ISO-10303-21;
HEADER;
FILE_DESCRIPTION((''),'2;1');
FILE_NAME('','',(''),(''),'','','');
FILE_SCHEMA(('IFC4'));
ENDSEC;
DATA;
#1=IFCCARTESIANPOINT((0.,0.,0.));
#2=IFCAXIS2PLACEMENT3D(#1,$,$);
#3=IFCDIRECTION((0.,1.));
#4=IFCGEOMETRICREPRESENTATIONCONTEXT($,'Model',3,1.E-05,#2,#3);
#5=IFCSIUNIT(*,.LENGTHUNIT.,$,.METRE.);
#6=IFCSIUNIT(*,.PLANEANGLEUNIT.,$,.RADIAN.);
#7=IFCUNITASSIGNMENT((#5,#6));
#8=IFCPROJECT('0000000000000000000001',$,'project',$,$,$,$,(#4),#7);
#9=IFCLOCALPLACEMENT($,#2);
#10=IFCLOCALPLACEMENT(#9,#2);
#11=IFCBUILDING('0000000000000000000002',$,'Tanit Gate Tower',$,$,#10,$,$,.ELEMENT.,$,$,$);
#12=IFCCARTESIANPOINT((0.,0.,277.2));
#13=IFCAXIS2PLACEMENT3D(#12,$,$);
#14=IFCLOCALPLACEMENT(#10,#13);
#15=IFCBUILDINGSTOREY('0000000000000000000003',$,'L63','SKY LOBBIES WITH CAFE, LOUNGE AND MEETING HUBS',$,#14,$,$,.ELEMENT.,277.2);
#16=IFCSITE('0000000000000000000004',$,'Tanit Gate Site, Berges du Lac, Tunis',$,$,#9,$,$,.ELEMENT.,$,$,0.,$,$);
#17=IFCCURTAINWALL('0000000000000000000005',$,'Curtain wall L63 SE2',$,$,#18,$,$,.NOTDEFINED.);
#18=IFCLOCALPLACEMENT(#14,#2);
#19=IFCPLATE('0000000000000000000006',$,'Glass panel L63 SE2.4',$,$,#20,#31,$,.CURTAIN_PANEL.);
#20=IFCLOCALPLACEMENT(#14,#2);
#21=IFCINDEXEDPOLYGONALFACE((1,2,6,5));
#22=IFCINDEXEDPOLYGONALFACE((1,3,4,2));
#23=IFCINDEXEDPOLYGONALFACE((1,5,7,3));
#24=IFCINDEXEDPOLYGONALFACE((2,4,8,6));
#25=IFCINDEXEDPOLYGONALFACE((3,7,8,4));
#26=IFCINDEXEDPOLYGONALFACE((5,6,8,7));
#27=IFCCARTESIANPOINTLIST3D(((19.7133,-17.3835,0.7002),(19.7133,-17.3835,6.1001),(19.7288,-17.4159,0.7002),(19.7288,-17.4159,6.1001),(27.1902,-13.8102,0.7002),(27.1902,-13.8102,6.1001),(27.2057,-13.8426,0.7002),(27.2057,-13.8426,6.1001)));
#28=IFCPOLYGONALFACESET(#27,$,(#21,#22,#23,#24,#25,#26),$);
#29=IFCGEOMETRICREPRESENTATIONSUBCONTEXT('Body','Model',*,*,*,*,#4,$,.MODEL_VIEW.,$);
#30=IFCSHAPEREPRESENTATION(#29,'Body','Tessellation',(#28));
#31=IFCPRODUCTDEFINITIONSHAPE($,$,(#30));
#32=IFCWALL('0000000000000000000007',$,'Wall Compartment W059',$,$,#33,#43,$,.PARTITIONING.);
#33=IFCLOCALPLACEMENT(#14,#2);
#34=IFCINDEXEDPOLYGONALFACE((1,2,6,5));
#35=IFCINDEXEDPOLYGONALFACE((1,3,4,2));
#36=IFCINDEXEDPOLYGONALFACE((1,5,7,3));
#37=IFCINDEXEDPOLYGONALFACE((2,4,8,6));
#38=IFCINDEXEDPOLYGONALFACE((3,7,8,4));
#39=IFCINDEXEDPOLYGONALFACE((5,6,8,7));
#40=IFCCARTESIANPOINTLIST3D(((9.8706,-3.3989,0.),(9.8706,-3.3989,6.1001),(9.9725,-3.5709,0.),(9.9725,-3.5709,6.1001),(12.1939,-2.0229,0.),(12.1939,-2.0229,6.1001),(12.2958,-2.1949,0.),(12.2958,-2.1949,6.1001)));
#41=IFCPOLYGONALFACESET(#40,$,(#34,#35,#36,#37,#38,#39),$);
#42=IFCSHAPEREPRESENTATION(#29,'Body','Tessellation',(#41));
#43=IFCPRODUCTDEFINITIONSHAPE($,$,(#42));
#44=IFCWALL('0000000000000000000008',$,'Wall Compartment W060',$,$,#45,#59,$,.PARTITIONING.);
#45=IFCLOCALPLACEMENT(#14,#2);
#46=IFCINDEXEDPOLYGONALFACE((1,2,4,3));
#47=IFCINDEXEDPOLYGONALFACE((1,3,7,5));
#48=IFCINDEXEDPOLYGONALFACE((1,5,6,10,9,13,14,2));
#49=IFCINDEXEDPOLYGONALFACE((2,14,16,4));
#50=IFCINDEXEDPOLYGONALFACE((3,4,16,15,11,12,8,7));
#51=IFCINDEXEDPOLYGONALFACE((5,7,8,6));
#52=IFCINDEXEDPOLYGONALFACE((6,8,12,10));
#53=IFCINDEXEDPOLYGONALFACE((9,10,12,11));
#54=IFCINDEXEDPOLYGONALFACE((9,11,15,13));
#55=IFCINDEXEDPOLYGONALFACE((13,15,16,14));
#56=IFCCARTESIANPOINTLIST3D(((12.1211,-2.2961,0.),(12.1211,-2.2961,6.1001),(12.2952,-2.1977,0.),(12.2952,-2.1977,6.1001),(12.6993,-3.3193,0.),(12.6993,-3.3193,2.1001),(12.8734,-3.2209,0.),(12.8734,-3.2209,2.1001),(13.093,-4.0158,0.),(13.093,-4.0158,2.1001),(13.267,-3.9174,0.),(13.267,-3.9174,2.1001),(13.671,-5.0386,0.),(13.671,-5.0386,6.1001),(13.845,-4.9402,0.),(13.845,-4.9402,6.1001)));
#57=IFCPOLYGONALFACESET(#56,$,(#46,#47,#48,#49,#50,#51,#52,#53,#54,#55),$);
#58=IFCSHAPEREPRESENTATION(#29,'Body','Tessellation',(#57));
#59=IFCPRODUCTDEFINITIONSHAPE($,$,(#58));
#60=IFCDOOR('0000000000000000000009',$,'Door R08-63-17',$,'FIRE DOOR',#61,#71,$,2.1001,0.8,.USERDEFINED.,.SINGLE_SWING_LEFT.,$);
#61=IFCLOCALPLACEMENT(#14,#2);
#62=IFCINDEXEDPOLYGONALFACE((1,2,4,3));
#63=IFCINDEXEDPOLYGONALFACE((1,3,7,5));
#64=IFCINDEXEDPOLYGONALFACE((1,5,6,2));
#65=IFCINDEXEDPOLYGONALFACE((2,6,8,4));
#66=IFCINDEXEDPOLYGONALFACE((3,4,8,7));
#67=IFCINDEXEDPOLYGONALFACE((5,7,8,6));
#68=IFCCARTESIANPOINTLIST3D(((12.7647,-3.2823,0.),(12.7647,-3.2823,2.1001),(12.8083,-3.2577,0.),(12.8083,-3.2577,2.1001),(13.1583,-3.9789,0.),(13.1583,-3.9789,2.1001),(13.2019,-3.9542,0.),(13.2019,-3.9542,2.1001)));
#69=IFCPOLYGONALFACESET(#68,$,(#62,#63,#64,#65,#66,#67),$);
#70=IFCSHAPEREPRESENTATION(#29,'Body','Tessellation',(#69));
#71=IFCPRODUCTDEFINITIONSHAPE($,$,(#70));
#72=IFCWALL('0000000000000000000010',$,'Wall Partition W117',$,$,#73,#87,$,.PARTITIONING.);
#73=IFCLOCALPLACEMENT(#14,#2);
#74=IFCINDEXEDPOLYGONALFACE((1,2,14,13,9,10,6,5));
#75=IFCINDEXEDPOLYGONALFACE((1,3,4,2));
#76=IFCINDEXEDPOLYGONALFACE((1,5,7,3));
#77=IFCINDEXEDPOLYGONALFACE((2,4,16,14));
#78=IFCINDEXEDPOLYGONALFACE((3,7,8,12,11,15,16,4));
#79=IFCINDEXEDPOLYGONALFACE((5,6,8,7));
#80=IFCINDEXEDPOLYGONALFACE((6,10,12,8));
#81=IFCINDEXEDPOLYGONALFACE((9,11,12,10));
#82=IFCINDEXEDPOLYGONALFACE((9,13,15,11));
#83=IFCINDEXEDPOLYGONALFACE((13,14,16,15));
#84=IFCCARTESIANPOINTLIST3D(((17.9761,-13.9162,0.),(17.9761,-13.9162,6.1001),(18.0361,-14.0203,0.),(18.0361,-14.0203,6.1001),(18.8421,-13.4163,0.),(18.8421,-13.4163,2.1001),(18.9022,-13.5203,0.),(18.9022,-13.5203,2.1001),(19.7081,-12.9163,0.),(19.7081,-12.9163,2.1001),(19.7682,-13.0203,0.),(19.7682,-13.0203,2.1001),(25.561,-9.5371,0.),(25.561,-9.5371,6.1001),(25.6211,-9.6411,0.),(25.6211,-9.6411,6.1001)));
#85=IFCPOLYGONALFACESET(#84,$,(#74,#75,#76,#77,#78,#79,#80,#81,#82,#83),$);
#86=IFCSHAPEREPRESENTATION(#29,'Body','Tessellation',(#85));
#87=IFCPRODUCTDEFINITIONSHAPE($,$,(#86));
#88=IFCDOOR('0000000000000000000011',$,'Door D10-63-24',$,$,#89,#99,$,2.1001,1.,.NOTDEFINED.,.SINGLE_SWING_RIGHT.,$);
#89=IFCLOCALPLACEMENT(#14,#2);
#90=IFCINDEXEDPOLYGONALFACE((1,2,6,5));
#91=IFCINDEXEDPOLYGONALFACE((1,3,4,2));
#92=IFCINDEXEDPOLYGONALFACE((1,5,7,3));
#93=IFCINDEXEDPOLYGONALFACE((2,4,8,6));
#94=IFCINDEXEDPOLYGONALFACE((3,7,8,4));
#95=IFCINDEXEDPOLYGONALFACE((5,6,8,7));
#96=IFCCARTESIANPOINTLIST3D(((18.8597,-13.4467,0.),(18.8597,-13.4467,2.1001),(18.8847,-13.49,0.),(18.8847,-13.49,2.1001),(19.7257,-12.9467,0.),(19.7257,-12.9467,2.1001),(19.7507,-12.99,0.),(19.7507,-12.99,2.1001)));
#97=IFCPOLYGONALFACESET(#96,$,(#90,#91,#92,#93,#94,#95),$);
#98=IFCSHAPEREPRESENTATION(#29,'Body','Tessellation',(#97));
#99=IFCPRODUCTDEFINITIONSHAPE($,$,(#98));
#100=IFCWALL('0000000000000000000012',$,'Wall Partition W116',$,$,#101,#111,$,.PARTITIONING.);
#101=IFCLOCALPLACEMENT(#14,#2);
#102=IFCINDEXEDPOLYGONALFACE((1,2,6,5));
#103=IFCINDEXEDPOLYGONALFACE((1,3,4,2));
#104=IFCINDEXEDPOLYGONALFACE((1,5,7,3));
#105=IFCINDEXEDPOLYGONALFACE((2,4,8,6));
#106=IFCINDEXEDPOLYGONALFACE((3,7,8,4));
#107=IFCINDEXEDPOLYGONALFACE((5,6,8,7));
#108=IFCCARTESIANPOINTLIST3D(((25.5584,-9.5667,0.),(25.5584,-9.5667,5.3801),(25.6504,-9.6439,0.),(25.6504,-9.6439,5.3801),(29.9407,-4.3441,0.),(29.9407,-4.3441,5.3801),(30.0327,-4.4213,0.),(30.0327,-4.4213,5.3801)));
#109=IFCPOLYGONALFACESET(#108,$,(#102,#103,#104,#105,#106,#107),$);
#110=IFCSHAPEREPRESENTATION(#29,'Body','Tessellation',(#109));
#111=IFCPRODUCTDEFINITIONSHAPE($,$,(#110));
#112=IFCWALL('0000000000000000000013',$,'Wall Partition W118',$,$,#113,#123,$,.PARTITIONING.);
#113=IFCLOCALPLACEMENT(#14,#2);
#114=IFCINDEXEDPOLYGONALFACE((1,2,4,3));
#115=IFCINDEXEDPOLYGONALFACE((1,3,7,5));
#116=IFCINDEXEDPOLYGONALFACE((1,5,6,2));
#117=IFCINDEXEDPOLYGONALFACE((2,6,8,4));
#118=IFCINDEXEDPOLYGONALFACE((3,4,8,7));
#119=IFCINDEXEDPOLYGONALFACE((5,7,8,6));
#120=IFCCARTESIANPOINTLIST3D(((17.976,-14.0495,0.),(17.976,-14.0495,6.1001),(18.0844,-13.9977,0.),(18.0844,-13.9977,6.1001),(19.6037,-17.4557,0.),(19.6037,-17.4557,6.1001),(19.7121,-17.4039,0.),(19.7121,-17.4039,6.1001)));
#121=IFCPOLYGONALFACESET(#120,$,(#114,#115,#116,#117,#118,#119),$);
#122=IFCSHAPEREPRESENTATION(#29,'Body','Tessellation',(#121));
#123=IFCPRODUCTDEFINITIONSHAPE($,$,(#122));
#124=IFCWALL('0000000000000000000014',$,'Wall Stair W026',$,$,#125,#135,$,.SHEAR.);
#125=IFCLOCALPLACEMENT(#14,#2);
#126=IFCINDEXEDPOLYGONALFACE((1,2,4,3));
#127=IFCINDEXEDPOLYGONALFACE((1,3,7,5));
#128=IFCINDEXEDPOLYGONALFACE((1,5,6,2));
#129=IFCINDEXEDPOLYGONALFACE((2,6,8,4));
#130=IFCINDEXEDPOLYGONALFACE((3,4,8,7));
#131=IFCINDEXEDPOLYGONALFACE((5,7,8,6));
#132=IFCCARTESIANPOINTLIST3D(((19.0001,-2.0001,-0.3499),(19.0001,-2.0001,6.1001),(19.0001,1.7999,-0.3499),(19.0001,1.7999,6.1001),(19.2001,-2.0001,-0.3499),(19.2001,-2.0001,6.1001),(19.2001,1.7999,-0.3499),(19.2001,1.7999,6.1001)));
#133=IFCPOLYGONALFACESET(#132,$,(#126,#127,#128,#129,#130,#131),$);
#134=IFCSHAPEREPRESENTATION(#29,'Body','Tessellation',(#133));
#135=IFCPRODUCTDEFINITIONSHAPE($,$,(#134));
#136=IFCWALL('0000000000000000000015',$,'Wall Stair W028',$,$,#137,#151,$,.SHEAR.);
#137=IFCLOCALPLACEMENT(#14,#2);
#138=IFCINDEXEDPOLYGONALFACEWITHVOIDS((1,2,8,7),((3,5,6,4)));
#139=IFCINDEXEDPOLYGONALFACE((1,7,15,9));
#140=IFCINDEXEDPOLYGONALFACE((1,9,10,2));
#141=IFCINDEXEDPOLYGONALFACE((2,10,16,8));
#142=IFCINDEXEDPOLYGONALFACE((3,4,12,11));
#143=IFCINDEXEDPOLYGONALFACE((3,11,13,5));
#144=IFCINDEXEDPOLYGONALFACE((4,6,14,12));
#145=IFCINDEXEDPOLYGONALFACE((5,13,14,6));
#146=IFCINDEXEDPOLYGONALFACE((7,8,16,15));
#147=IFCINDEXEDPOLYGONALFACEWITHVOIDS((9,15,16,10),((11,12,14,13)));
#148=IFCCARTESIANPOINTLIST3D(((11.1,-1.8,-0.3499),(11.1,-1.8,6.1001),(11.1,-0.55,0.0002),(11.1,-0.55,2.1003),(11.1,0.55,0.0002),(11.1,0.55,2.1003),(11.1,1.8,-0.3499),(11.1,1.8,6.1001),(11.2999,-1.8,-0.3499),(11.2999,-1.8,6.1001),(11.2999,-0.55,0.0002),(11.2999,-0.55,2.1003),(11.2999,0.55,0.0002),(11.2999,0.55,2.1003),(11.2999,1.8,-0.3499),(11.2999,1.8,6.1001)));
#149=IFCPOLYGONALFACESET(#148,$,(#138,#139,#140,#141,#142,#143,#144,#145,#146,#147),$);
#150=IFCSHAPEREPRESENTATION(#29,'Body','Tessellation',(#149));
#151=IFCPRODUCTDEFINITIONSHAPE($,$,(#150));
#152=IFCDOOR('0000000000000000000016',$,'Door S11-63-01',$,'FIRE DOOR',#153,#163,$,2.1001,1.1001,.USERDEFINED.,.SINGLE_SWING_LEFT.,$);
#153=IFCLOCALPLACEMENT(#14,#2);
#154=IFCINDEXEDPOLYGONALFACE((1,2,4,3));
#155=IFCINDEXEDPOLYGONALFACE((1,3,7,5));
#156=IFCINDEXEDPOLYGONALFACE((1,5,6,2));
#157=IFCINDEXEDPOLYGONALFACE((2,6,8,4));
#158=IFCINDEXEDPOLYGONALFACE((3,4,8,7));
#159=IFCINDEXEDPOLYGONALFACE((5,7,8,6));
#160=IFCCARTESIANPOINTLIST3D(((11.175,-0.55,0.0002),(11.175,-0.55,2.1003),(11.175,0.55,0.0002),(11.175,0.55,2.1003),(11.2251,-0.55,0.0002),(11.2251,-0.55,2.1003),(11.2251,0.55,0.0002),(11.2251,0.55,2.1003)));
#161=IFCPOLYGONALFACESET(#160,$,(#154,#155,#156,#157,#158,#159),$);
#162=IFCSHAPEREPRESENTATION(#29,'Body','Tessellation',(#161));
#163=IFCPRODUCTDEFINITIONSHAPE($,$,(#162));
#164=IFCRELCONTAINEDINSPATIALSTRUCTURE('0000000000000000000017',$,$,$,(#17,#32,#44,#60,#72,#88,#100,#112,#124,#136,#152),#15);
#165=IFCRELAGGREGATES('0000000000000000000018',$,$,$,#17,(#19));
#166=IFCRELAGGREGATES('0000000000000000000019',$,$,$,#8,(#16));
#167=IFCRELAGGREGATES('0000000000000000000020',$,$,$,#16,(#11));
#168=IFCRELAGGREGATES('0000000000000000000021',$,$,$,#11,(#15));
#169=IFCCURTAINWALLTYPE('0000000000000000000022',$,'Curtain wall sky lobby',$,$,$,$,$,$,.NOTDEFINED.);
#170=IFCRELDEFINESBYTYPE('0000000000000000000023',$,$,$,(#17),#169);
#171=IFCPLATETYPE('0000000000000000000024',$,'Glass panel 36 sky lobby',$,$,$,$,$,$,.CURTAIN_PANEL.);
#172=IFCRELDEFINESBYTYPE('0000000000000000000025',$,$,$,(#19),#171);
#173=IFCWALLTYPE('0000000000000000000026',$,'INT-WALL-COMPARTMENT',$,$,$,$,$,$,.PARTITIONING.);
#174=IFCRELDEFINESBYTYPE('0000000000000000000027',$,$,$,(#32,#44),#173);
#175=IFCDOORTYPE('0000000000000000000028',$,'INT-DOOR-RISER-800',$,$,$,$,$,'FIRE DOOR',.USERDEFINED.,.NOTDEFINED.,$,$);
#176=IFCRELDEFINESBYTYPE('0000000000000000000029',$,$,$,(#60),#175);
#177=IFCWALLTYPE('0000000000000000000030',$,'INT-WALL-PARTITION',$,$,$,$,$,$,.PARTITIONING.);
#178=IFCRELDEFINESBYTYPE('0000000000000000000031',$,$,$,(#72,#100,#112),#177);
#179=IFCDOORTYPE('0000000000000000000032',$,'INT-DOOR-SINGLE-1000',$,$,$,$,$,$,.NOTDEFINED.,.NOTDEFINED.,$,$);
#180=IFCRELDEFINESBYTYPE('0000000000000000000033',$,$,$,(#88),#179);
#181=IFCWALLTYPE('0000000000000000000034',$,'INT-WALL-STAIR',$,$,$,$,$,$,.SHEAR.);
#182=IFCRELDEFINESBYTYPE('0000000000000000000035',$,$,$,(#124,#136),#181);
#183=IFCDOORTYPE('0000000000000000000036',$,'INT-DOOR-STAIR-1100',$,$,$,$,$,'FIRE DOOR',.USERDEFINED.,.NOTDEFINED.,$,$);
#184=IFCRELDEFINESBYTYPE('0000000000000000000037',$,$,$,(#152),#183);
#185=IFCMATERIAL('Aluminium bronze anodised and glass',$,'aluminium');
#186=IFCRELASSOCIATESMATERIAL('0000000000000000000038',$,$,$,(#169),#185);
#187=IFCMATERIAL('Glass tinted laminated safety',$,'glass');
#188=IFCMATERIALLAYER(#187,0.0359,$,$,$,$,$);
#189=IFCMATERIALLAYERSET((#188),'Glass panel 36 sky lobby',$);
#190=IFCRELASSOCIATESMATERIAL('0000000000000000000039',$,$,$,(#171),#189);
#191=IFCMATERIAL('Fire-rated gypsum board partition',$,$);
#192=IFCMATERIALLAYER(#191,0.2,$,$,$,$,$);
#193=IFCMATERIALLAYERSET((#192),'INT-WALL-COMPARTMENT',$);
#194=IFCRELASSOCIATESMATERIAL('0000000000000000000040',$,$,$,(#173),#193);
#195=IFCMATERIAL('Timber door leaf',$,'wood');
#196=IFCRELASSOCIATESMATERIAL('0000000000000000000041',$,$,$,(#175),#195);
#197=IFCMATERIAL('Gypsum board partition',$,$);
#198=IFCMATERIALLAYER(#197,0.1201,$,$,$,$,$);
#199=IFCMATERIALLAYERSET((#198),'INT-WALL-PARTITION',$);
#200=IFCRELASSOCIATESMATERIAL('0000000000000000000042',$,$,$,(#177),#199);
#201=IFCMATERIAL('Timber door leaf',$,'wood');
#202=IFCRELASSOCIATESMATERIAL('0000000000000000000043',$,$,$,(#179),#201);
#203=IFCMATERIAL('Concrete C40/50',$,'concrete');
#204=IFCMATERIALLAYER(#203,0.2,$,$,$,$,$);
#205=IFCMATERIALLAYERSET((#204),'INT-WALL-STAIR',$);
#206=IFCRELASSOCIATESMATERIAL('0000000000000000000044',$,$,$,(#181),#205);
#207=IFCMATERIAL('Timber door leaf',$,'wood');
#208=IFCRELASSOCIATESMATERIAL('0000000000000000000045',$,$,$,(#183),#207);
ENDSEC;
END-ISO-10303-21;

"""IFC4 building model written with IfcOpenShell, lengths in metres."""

from ifc_helpers import new_model, si_unit, direction, frame, frame_2d, origin, origin_2d, place, context, subcontext, project, spatial, rectangle, extrude, material, layer, layer_set, type_object, element, fill, aggregate, save


model = new_model("IFC4")

# Units and contexts
model_context = context("Model", 3, precision=1e-05, world=origin(), true_north=direction((0.0, 1.0)))
body_context = subcontext(model_context, "Body", "Model", "MODEL_VIEW")
ifc_project = project(units=[si_unit("LENGTHUNIT", "METRE"), si_unit("PLANEANGLEUNIT", "RADIAN")], contexts=[model_context])

# Site, building, storey
site_placement = place(None, origin())
site = spatial("IfcSite", under=ifc_project, at=site_placement, Name="Tanit Gate Site, Berges du Lac, Tunis", CompositionType="ELEMENT", RefElevation=0.0)
building_placement = place(site_placement, origin())
building = spatial("IfcBuilding", under=site, at=building_placement, Name="Tanit Gate Tower", CompositionType="ELEMENT")
storey_placement = place(building_placement, frame((0.0, 0.0, 277.2)))
storey = spatial("IfcBuildingStorey", under=building, at=storey_placement, Name="L63", Description="SKY LOBBIES WITH CAFE, LOUNGE AND MEETING HUBS", CompositionType="ELEMENT", Elevation=277.2)

# Curtain wall
ifc_material_1 = material(Name="Aluminium bronze anodised and glass", Category="aluminium")
curtain_wall_type = type_object("IfcCurtainWallType", Name="Curtain wall sky lobby", PredefinedType="NOTDEFINED", material=ifc_material_1)
curtain_wall_placement = place(storey_placement, origin())
curtain_wall = element("IfcCurtainWall", 1, at=curtain_wall_placement, inside=storey, type_object=curtain_wall_type, Name="Curtain wall L63 SE2", PredefinedType="NOTDEFINED")

# Plate
ifc_material_2 = material(Name="Glass tinted laminated safety", Category="glass")
ifc_layer_1 = layer(ifc_material_2, 0.0359)
ifc_layer_set_1 = layer_set([ifc_layer_1], Name="Glass panel 36 sky lobby")
plate_type = type_object("IfcPlateType", Name="Glass panel 36 sky lobby", PredefinedType="CURTAIN_PANEL", material=ifc_layer_set_1)
plate_1_placement = place(storey_placement, frame((23.4595, -15.613, 0.7002), z_axis=(0.0, 0.0, 1.0), x_axis=(0.902258, 0.431197, 0.0)))
plate_1 = element("IfcPlate", 2, at=plate_1_placement, type_object=plate_type, Name="Glass panel L63 SE2.4", PredefinedType="CURTAIN_PANEL", context=body_context, shape_type="SweptSolid", body=[
    extrude(rectangle(XDim=8.2869, YDim=0.0359, at=origin_2d()), origin(), (0.0, 0.0, 1.0), 5.3999),
])
aggregate(curtain_wall, [plate_1])

# Wall
ifc_material_3 = material(Name="Fire-rated gypsum board partition")
ifc_layer_2 = layer(ifc_material_3, 0.2)
ifc_layer_set_2 = layer_set([ifc_layer_2], Name="INT-WALL-COMPARTMENT")
wall_type_1 = type_object("IfcWallType", Name="INT-WALL-COMPARTMENT", PredefinedType="PARTITIONING", material=ifc_layer_set_2)
wall_1_placement = place(storey_placement, frame((12.2449, -2.1089, 0.0), z_axis=(0.0, 0.0, 1.0), x_axis=(-0.860415, -0.509594, 0.0)))
element("IfcWall", 3, at=wall_1_placement, inside=storey, type_object=wall_type_1, Name="Wall Compartment W059", PredefinedType="PARTITIONING", context=body_context, shape_type="SweptSolid", body=[
    extrude(rectangle(XDim=2.7002, YDim=0.2, at=frame_2d((1.3501, 0.0))), origin(), (0.0, 0.0, 1.0), 6.1001),
])

# Walls, openings, doors
wall_2_placement = place(storey_placement, frame((13.7581, -4.9895, 0.0), z_axis=(0.0, 0.0, 1.0), x_axis=(-0.491993, 0.870599, 0.0)))
wall_2 = element("IfcWall", 4, at=wall_2_placement, inside=storey, type_object=wall_type_1, Name="Wall Compartment W060", PredefinedType="PARTITIONING", context=body_context, shape_type="SweptSolid", body=[
    extrude(rectangle(XDim=3.1501, YDim=0.2, at=frame_2d((1.5752, 0.0))), origin(), (0.0, 0.0, 1.0), 6.1001),
])
opening_1_placement = place(wall_2_placement, frame((1.175, 0.0, 0.0)))
opening_1 = element("IfcOpeningElement", 5, at=opening_1_placement, cuts=wall_2, PredefinedType="OPENING", context=body_context, shape_type="SweptSolid", body=[
    extrude(rectangle(XDim=0.8, YDim=2.1001, at=frame_2d((0.3999, 1.05))), frame((0.0, 0.1099, 0.0), z_axis=(0.0, -1.0, 0.0), x_axis=(1.0, 0.0, 0.0)), (0.0, 0.0, 1.0), 0.22),
])
ifc_material_4 = material(Name="Timber door leaf", Category="wood")
door_type_1 = type_object("IfcDoorType", Name="INT-DOOR-RISER-800", ElementType="FIRE DOOR", OperationType="NOTDEFINED", PredefinedType="USERDEFINED", material=ifc_material_4)
door_1_placement = place(opening_1_placement, origin())
door_1 = element("IfcDoor", 6, at=door_1_placement, inside=storey, type_object=door_type_1, Name="Door R08-63-17", ObjectType="FIRE DOOR", OperationType="SINGLE_SWING_LEFT", OverallHeight=2.1001, OverallWidth=0.8, PredefinedType="USERDEFINED", context=body_context, shape_type="SweptSolid", body=[
    extrude(rectangle(XDim=0.8, YDim=2.1001, at=frame_2d((0.3999, 1.05))), frame((0.0, 0.0249, 0.0), z_axis=(0.0, -1.0, 0.0), x_axis=(1.0, 0.0, 0.0)), (0.0, 0.0, 1.0), 0.05),
])
fill(opening_1, door_1)
ifc_material_5 = material(Name="Gypsum board partition")
ifc_layer_3 = layer(ifc_material_5, 0.1201)
ifc_layer_set_3 = layer_set([ifc_layer_3], Name="INT-WALL-PARTITION")
wall_type_2 = type_object("IfcWallType", Name="INT-WALL-PARTITION", PredefinedType="PARTITIONING", material=ifc_layer_set_3)
wall_3_placement = place(storey_placement, frame((18.0061, -13.9683, 0.0), z_axis=(0.0, 0.0, 1.0), x_axis=(0.866027, 0.499998, 0.0)))
wall_3 = element("IfcWall", 7, at=wall_3_placement, inside=storey, type_object=wall_type_2, Name="Wall Partition W117", PredefinedType="PARTITIONING", context=body_context, shape_type="SweptSolid", body=[
    extrude(rectangle(XDim=8.7583, YDim=0.1201, at=frame_2d((4.3792, 0.0))), origin(), (0.0, 0.0, 1.0), 6.1001),
])
opening_2_placement = place(wall_3_placement, frame((1.0, 0.0, 0.0)))
opening_2 = element("IfcOpeningElement", 8, at=opening_2_placement, cuts=wall_3, PredefinedType="OPENING", context=body_context, shape_type="SweptSolid", body=[
    extrude(rectangle(XDim=1.0, YDim=2.1001, at=frame_2d((0.5, 1.05))), frame((0.0, 0.0701, 0.0), z_axis=(0.0, -1.0, 0.0), x_axis=(1.0, 0.0, 0.0)), (0.0, 0.0, 1.0), 0.1401),
])
ifc_material_6 = material(Name="Timber door leaf", Category="wood")
door_type_2 = type_object("IfcDoorType", Name="INT-DOOR-SINGLE-1000", OperationType="NOTDEFINED", PredefinedType="NOTDEFINED", material=ifc_material_6)
door_2_placement = place(opening_2_placement, origin())
door_2 = element("IfcDoor", 9, at=door_2_placement, inside=storey, type_object=door_type_2, Name="Door D10-63-24", OperationType="SINGLE_SWING_RIGHT", OverallHeight=2.1001, OverallWidth=1.0, PredefinedType="NOTDEFINED", context=body_context, shape_type="SweptSolid", body=[
    extrude(rectangle(XDim=1.0, YDim=2.1001, at=frame_2d((0.5, 1.05))), frame((0.0, 0.0249, 0.0), z_axis=(0.0, -1.0, 0.0), x_axis=(1.0, 0.0, 0.0)), (0.0, 0.0, 1.0), 0.05),
])
fill(opening_2, door_2)

# Walls
wall_4_placement = place(storey_placement, frame((25.6045, -9.6052, 0.0), z_axis=(0.0, 0.0, 1.0), x_axis=(0.642787, 0.766045, 0.0)))
element("IfcWall", 10, at=wall_4_placement, inside=storey, type_object=wall_type_2, Name="Wall Partition W116", PredefinedType="PARTITIONING", context=body_context, shape_type="SweptSolid", body=[
    extrude(rectangle(XDim=6.8176, YDim=0.1201, at=frame_2d((3.4087, 0.0))), origin(), (0.0, 0.0, 1.0), 5.3801),
])
wall_5_placement = place(storey_placement, frame((19.658, -17.4299, 0.0), z_axis=(0.0, 0.0, 1.0), x_axis=(-0.431156, 0.902278, 0.0)))
element("IfcWall", 11, at=wall_5_placement, inside=storey, type_object=wall_type_2, Name="Wall Partition W118", PredefinedType="PARTITIONING", context=body_context, shape_type="SweptSolid", body=[
    extrude(rectangle(XDim=3.7751, YDim=0.1201, at=frame_2d((1.8877, 0.0))), origin(), (0.0, 0.0, 1.0), 6.1001),
])
ifc_material_7 = material(Name="Concrete C40/50", Category="concrete")
ifc_layer_4 = layer(ifc_material_7, 0.2)
ifc_layer_set_4 = layer_set([ifc_layer_4], Name="INT-WALL-STAIR")
wall_type_3 = type_object("IfcWallType", Name="INT-WALL-STAIR", PredefinedType="SHEAR", material=ifc_layer_set_4)
wall_6_placement = place(storey_placement, frame((19.1001, -2.0, -0.3499), z_axis=(0.0, 0.0, 1.0), x_axis=(0.0, 1.0, 0.0)))
element("IfcWall", 12, at=wall_6_placement, inside=storey, type_object=wall_type_3, Name="Wall Stair W026", PredefinedType="SHEAR", context=body_context, shape_type="SweptSolid", body=[
    extrude(rectangle(XDim=3.8, YDim=0.2, at=frame_2d((1.8999, 0.0))), origin(), (0.0, 0.0, 1.0), 6.45),
])

# Wall, opening, door
wall_7_placement = place(storey_placement, frame((11.2, -1.8, -0.3499), z_axis=(0.0, 0.0, 1.0), x_axis=(0.0, 1.0, 0.0)))
wall_7 = element("IfcWall", 13, at=wall_7_placement, inside=storey, type_object=wall_type_3, Name="Wall Stair W028", PredefinedType="SHEAR", context=body_context, shape_type="SweptSolid", body=[
    extrude(rectangle(XDim=3.6001, YDim=0.2, at=frame_2d((1.8, 0.0))), origin(), (0.0, 0.0, 1.0), 6.45),
])
opening_3_placement = place(wall_7_placement, frame((1.25, 0.0, 0.3501)))
opening_3 = element("IfcOpeningElement", 14, at=opening_3_placement, cuts=wall_7, PredefinedType="OPENING", context=body_context, shape_type="SweptSolid", body=[
    extrude(rectangle(XDim=1.1001, YDim=2.1001, at=frame_2d((0.55, 1.05))), frame((0.0, 0.1099, 0.0), z_axis=(0.0, -1.0, 0.0), x_axis=(1.0, 0.0, 0.0)), (0.0, 0.0, 1.0), 0.22),
])
ifc_material_8 = material(Name="Timber door leaf", Category="wood")
door_type_3 = type_object("IfcDoorType", Name="INT-DOOR-STAIR-1100", ElementType="FIRE DOOR", OperationType="NOTDEFINED", PredefinedType="USERDEFINED", material=ifc_material_8)
door_3_placement = place(opening_3_placement, origin())
door_3 = element("IfcDoor", 15, at=door_3_placement, inside=storey, type_object=door_type_3, Name="Door S11-63-01", ObjectType="FIRE DOOR", OperationType="SINGLE_SWING_LEFT", OverallHeight=2.1001, OverallWidth=1.1001, PredefinedType="USERDEFINED", context=body_context, shape_type="SweptSolid", body=[
    extrude(rectangle(XDim=1.1001, YDim=2.1001, at=frame_2d((0.55, 1.05))), frame((0.0, 0.0249, 0.0), z_axis=(0.0, -1.0, 0.0), x_axis=(1.0, 0.0, 0.0)), (0.0, 0.0, 1.0), 0.05),
])
fill(opening_3, door_3)

save(model, "model.ifc")
